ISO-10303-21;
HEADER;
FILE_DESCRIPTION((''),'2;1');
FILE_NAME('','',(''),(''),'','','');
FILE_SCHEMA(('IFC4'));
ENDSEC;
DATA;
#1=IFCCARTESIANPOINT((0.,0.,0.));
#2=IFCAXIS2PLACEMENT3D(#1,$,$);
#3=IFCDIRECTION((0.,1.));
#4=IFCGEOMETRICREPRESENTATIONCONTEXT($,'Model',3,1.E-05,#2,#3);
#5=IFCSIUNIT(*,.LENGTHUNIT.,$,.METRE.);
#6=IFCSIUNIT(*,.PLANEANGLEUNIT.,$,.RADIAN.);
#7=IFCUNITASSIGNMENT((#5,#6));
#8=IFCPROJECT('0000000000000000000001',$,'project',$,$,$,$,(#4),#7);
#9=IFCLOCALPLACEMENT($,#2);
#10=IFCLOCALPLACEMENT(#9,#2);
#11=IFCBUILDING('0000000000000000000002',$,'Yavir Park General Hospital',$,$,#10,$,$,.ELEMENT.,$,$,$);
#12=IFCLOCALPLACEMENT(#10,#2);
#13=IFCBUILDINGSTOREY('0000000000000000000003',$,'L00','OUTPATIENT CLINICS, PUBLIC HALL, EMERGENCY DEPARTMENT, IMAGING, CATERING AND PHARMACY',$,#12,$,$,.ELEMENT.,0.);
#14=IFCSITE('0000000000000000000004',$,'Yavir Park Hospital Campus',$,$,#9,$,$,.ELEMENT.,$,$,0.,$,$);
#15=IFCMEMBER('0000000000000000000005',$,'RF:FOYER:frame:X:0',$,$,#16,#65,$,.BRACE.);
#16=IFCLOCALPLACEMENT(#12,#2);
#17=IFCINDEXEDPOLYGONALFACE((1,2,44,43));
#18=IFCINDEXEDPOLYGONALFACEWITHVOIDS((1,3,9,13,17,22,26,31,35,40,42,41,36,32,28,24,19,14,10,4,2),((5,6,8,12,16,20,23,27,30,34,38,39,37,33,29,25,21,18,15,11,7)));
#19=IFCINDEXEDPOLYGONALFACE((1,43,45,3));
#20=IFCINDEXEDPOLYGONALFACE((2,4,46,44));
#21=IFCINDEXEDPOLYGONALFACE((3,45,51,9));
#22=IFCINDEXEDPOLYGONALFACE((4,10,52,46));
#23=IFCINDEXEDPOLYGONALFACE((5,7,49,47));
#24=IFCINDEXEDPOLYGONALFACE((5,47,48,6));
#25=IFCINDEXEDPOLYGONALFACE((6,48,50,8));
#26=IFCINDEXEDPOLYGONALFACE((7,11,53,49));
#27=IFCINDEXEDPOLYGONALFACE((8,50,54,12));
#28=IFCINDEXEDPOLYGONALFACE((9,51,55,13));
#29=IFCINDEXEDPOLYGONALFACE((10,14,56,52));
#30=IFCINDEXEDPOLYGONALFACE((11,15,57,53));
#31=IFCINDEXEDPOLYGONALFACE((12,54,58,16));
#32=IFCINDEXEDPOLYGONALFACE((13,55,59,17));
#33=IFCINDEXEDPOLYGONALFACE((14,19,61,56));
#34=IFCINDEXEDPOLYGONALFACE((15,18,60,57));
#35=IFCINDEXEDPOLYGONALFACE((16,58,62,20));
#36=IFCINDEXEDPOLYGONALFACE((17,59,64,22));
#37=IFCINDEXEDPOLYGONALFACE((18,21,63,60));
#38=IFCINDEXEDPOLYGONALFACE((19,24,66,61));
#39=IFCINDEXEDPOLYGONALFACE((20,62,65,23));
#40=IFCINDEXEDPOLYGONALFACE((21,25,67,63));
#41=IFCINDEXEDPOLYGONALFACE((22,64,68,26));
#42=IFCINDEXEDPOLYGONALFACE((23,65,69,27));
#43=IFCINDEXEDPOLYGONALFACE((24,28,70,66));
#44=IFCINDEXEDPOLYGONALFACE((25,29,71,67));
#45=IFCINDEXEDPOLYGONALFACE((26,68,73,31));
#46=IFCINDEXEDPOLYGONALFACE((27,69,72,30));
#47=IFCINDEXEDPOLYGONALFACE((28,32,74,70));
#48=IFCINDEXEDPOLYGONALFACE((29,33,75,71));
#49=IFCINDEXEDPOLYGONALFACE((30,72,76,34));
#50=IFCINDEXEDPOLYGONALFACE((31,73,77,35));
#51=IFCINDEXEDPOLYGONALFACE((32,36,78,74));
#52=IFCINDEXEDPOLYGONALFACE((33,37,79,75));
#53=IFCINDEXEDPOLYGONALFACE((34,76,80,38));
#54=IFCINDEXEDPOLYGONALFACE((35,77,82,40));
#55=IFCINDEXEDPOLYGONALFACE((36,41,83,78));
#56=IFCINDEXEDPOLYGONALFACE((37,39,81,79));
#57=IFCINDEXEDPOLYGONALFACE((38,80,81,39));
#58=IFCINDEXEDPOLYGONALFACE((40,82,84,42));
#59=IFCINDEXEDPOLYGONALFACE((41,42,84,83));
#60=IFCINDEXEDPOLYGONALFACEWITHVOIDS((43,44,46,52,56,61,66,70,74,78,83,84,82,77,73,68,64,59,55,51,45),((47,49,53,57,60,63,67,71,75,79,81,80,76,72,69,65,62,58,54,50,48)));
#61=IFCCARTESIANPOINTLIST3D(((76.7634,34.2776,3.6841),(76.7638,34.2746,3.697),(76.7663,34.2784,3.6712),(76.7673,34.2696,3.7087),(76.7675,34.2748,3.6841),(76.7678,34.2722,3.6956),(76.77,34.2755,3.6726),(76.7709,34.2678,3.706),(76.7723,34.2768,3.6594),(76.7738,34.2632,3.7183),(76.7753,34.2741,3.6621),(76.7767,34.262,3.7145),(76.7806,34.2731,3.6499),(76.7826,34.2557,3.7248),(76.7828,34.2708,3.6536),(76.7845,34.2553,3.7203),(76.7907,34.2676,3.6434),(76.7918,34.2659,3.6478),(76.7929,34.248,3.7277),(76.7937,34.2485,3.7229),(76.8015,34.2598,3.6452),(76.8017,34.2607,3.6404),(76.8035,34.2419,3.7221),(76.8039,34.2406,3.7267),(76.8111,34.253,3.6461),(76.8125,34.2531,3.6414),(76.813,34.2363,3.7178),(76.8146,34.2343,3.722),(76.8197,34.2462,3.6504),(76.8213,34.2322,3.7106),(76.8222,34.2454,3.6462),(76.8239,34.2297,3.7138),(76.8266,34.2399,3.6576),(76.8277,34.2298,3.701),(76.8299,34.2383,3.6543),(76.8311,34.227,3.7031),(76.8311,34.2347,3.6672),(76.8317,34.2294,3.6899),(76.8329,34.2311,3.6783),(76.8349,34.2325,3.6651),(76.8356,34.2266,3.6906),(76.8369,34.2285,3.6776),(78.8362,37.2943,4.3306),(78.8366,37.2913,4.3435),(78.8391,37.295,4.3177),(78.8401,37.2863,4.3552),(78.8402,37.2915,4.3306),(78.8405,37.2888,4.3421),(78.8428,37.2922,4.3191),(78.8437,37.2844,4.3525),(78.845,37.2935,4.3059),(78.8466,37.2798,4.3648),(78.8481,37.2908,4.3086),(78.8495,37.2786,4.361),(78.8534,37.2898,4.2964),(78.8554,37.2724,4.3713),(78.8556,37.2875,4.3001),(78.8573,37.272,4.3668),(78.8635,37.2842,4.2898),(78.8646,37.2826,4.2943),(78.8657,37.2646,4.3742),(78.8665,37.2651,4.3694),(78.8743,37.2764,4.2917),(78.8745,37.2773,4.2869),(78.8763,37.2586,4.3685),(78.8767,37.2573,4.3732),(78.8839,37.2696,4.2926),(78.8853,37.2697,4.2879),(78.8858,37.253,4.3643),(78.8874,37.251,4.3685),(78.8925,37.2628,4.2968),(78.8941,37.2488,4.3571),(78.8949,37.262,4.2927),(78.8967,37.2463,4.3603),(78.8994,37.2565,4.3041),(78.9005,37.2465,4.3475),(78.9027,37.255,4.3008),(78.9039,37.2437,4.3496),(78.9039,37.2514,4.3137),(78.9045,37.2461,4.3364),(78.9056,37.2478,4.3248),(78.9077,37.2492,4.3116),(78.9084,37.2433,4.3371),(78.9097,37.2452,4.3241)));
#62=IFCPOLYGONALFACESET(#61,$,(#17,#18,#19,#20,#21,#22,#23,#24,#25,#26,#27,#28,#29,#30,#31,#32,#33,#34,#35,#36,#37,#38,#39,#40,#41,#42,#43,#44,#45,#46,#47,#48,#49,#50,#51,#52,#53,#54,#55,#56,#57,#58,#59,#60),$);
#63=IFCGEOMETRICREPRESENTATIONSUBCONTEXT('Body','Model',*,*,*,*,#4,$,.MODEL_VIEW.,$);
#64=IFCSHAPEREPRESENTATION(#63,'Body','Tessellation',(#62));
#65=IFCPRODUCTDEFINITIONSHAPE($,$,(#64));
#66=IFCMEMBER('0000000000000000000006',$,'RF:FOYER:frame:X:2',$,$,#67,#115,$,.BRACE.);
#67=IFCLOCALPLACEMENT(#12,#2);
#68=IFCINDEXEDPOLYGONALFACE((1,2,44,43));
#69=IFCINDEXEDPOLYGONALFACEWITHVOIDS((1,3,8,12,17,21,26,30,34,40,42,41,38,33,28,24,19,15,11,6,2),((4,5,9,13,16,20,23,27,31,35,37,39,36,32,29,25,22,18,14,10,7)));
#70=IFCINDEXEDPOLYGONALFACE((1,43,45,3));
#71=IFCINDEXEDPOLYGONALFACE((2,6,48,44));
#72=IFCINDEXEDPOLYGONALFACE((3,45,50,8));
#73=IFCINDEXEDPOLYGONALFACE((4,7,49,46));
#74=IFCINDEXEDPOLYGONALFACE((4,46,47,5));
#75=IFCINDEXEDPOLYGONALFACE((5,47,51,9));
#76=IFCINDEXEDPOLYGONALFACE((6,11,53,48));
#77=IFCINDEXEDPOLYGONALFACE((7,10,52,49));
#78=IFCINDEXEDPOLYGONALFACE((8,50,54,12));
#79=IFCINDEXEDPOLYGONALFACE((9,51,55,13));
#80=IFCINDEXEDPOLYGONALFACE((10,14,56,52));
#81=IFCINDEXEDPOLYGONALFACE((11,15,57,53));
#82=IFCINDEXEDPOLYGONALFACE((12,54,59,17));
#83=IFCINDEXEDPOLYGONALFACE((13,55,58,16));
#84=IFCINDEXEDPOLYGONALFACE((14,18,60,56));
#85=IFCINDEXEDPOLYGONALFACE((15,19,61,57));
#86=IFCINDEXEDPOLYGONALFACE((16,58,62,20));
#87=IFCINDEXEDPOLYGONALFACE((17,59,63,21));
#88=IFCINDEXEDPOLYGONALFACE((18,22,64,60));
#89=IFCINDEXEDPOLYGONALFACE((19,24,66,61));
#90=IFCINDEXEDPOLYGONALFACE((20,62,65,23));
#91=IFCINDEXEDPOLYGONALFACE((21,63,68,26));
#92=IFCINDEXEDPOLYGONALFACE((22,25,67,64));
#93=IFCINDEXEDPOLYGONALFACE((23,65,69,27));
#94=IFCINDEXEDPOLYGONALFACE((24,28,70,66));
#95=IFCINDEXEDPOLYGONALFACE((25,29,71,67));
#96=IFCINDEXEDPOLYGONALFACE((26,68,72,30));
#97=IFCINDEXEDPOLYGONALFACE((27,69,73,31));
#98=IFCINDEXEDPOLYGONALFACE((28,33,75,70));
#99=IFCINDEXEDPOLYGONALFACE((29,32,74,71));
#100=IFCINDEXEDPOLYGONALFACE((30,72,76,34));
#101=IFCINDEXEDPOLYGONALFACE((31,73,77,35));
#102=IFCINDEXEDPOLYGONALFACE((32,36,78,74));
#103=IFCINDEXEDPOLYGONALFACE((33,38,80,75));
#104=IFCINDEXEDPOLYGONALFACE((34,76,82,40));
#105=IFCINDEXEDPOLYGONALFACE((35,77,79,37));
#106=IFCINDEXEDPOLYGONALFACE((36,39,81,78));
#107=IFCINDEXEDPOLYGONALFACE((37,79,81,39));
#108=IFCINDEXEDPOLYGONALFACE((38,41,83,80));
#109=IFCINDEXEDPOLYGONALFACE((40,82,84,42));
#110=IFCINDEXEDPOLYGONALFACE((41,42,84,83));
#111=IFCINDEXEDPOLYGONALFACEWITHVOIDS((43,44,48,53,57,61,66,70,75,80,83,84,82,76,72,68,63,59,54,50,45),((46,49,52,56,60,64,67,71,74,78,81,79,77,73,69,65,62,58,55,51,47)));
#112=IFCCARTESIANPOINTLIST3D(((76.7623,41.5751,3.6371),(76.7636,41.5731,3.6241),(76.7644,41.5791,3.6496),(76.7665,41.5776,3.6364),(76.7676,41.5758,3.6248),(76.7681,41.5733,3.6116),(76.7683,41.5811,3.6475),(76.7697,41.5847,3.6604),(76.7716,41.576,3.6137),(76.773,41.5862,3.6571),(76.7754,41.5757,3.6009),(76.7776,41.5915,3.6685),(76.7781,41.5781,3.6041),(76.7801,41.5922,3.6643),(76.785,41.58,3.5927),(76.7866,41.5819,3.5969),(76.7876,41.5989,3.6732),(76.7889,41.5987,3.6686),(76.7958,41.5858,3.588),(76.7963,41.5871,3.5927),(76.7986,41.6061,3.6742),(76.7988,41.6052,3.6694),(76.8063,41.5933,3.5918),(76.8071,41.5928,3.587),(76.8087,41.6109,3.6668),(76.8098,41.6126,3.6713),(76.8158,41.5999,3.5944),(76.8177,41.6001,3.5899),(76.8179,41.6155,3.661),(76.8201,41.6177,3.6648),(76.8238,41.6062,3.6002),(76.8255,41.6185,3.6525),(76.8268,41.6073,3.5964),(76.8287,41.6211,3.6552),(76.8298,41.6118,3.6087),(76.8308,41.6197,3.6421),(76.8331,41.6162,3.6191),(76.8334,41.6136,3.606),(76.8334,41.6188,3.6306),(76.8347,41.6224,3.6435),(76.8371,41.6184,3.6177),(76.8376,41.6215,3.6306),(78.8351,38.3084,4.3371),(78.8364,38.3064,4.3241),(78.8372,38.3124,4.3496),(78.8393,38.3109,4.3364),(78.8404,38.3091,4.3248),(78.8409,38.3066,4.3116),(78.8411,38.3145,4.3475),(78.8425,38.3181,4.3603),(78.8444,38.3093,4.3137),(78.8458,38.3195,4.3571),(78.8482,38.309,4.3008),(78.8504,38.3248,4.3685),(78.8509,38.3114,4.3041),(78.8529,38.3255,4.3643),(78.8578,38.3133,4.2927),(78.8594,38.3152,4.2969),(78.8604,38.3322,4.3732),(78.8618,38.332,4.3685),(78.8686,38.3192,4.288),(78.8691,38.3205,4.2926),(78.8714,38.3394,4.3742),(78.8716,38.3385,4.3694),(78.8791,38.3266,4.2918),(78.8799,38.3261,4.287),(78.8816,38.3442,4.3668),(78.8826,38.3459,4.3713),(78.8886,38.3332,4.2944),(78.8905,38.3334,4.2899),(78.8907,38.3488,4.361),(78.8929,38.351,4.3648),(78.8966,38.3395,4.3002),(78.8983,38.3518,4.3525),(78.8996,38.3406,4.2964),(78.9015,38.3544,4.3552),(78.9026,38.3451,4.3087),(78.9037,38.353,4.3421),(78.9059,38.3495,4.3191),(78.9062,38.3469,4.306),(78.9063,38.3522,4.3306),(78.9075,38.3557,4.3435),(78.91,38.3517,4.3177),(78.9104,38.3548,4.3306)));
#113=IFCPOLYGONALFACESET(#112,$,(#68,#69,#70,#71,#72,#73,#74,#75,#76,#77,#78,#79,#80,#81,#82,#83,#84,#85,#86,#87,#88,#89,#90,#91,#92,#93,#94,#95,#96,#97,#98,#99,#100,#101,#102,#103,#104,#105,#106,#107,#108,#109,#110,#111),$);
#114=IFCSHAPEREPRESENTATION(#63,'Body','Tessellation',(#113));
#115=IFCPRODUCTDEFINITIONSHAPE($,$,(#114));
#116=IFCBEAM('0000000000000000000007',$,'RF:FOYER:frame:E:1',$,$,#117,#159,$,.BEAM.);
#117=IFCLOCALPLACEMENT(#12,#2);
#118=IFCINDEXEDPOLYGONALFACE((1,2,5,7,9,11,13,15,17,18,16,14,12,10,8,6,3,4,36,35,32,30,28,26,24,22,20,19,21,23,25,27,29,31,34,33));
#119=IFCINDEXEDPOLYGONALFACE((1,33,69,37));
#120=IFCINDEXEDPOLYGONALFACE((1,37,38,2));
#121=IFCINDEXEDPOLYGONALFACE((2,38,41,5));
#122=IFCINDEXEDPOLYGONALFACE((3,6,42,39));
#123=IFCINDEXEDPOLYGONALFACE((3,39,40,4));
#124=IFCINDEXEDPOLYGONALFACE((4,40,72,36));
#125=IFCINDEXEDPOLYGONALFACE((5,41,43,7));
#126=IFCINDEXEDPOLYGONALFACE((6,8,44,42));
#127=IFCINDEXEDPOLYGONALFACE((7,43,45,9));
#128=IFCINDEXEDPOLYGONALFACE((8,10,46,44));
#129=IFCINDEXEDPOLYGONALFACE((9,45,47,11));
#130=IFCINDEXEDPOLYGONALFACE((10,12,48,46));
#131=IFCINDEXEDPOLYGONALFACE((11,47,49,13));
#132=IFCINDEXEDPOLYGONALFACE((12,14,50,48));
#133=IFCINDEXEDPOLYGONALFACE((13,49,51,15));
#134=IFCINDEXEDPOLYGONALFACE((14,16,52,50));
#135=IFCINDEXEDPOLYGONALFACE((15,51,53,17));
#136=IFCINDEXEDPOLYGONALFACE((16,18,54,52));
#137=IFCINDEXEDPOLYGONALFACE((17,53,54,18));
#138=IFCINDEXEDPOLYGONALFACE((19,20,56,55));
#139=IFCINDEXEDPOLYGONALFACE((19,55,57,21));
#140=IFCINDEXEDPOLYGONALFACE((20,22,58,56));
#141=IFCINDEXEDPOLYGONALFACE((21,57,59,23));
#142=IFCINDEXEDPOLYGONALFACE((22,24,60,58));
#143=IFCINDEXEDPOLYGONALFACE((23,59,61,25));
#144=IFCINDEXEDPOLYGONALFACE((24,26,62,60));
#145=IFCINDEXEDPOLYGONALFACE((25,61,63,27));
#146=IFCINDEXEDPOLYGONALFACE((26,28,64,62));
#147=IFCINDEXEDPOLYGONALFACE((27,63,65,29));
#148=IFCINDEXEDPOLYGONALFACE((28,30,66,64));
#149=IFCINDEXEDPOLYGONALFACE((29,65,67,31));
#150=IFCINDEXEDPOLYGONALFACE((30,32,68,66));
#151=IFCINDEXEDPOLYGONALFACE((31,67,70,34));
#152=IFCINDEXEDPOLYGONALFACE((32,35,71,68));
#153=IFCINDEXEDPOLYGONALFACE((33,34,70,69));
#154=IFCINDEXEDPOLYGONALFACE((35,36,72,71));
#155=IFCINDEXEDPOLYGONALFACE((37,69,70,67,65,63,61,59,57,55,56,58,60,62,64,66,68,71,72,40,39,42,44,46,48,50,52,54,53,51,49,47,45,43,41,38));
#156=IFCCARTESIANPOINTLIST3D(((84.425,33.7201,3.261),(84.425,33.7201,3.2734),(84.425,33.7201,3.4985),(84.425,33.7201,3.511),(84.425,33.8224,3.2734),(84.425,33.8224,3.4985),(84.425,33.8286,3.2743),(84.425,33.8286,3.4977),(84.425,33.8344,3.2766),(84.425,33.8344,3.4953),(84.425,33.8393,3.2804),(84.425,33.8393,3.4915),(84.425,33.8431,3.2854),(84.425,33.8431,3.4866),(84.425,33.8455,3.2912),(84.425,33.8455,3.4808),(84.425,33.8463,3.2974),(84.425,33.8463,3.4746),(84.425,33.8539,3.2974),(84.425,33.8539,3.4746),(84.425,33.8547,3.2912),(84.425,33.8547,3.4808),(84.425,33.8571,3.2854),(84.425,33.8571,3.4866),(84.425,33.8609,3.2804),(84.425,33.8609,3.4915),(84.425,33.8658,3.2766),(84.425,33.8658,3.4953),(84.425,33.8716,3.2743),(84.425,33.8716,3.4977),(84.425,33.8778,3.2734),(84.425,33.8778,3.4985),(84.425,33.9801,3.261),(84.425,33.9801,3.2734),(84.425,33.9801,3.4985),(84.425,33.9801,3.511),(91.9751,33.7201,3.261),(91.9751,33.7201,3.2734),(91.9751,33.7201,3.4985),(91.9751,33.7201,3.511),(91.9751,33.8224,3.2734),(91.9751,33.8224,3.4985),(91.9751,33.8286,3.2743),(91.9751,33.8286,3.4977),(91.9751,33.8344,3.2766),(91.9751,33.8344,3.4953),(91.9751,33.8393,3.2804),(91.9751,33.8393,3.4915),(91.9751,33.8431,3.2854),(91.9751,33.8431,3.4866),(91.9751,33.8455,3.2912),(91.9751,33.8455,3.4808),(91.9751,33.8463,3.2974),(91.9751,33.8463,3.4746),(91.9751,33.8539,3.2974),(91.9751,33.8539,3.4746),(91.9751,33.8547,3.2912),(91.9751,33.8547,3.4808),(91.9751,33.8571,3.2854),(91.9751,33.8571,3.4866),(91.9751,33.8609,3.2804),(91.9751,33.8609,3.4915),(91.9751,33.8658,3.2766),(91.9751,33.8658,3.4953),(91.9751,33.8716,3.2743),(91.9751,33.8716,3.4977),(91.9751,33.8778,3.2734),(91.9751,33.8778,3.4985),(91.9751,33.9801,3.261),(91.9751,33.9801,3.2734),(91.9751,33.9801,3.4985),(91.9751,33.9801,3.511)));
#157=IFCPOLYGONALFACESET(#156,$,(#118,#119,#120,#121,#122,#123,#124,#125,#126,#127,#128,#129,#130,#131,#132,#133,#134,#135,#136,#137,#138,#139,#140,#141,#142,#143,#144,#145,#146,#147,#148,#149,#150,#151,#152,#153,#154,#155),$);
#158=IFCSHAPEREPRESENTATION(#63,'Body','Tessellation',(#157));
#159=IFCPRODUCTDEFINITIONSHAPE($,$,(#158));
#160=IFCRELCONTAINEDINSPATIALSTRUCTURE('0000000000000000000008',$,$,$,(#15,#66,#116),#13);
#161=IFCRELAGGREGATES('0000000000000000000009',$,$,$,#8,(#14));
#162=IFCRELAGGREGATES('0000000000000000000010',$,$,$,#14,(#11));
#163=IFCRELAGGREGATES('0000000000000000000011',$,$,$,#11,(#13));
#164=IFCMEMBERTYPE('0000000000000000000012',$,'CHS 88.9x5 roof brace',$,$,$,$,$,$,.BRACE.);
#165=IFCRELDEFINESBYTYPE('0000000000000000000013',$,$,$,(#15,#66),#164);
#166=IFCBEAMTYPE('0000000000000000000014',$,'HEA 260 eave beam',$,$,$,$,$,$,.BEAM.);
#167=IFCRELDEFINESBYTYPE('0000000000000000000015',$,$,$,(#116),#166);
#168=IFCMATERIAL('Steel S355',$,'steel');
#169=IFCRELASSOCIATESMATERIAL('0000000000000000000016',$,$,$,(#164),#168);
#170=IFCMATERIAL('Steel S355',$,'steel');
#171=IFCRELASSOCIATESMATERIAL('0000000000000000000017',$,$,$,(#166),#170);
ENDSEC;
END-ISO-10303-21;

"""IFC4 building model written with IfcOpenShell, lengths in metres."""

from ifc_helpers import new_model, si_unit, direction, frame, origin, origin_2d, place, context, subcontext, project, spatial, hollow_circle, i_section, extrude, material, material_profile, profile_set, type_object, element, save


model = new_model("IFC4")

# Units and contexts
model_context = context("Model", 3, precision=1e-05, world=origin(), true_north=direction((0.0, 1.0)))
body_context = subcontext(model_context, "Body", "Model", "MODEL_VIEW")
ifc_project = project(units=[si_unit("LENGTHUNIT", "METRE"), si_unit("PLANEANGLEUNIT", "RADIAN")], contexts=[model_context])

# Site, building, storey
site_placement = place(None, origin())
site = spatial("IfcSite", under=ifc_project, at=site_placement, Name="Yavir Park Hospital Campus", CompositionType="ELEMENT", RefElevation=0.0)
building_placement = place(site_placement, origin())
building = spatial("IfcBuilding", under=site, at=building_placement, Name="Yavir Park General Hospital", CompositionType="ELEMENT")
storey_placement = place(building_placement, origin())
storey = spatial("IfcBuildingStorey", under=building, at=storey_placement, Name="L00", Description="OUTPATIENT CLINICS, PUBLIC HALL, EMERGENCY DEPARTMENT, IMAGING, CATERING AND PHARMACY", CompositionType="ELEMENT", Elevation=0.0)

# Members
ifc_material_1 = material(Name="Steel S355", Category="steel")
ifc_material_profile_1 = material_profile(ifc_material_1, hollow_circle(Radius=0.0444, WallThickness=0.0049, at=origin_2d()), Name="CHS88.9x5")
ifc_profile_set_1 = profile_set([ifc_material_profile_1], Name="Steel S355")
member_type = type_object("IfcMemberType", Name="CHS 88.9x5 roof brace", PredefinedType="BRACE", material=ifc_profile_set_1)
member_1_placement = place(storey_placement, frame((76.8, 34.2524, 3.6841), z_axis=(0.557681, 0.811626, 0.173939), x_axis=(-0.82419, 0.566314, 0.0)))
element("IfcMember", 1, at=member_1_placement, inside=storey, type_object=member_type, Name="RF:FOYER:frame:X:0", PredefinedType="BRACE", context=body_context, shape_type="SweptSolid", body=[
    extrude(hollow_circle(Radius=0.0444, WallThickness=0.0049, at=origin_2d()), origin(), (0.0, 0.0, 1.0), 3.7168),
])
member_2_placement = place(storey_placement, frame((76.8, 41.5977, 3.6306), z_axis=(0.527213, -0.830873, 0.178035), x_axis=(0.844362, 0.535773, 0.0)))
element("IfcMember", 2, at=member_2_placement, inside=storey, type_object=member_type, Name="RF:FOYER:frame:X:2", PredefinedType="BRACE", context=body_context, shape_type="SweptSolid", body=[
    extrude(hollow_circle(Radius=0.0444, WallThickness=0.0049, at=origin_2d()), origin(), (0.0, 0.0, 1.0), 3.9316),
])

# Beam
ifc_material_2 = material(Name="Steel S355", Category="steel")
ifc_material_profile_2 = material_profile(ifc_material_2, i_section(OverallWidth=0.26, OverallDepth=0.25, WebThickness=0.0076, FlangeThickness=0.0125, FilletRadius=0.0239, at=origin_2d()), Name="HEA260")
ifc_profile_set_2 = profile_set([ifc_material_profile_2], Name="Steel S355")
beam_type_1 = type_object("IfcBeamType", Name="HEA 260 eave beam", PredefinedType="BEAM", material=ifc_profile_set_2)
beam_1_placement = place(storey_placement, frame((84.425, 33.8501, 3.386), z_axis=(1.0, 0.0, 0.0), x_axis=(0.0, 1.0, 0.0)))
element("IfcBeam", 3, at=beam_1_placement, inside=storey, type_object=beam_type_1, Name="RF:FOYER:frame:E:1", PredefinedType="BEAM", context=body_context, shape_type="SweptSolid", body=[
    extrude(i_section(OverallWidth=0.26, OverallDepth=0.25, WebThickness=0.0076, FlangeThickness=0.0125, FilletRadius=0.0239, at=origin_2d()), origin(), (0.0, 0.0, 1.0), 7.55),
])

save(model, "model.ifc")
